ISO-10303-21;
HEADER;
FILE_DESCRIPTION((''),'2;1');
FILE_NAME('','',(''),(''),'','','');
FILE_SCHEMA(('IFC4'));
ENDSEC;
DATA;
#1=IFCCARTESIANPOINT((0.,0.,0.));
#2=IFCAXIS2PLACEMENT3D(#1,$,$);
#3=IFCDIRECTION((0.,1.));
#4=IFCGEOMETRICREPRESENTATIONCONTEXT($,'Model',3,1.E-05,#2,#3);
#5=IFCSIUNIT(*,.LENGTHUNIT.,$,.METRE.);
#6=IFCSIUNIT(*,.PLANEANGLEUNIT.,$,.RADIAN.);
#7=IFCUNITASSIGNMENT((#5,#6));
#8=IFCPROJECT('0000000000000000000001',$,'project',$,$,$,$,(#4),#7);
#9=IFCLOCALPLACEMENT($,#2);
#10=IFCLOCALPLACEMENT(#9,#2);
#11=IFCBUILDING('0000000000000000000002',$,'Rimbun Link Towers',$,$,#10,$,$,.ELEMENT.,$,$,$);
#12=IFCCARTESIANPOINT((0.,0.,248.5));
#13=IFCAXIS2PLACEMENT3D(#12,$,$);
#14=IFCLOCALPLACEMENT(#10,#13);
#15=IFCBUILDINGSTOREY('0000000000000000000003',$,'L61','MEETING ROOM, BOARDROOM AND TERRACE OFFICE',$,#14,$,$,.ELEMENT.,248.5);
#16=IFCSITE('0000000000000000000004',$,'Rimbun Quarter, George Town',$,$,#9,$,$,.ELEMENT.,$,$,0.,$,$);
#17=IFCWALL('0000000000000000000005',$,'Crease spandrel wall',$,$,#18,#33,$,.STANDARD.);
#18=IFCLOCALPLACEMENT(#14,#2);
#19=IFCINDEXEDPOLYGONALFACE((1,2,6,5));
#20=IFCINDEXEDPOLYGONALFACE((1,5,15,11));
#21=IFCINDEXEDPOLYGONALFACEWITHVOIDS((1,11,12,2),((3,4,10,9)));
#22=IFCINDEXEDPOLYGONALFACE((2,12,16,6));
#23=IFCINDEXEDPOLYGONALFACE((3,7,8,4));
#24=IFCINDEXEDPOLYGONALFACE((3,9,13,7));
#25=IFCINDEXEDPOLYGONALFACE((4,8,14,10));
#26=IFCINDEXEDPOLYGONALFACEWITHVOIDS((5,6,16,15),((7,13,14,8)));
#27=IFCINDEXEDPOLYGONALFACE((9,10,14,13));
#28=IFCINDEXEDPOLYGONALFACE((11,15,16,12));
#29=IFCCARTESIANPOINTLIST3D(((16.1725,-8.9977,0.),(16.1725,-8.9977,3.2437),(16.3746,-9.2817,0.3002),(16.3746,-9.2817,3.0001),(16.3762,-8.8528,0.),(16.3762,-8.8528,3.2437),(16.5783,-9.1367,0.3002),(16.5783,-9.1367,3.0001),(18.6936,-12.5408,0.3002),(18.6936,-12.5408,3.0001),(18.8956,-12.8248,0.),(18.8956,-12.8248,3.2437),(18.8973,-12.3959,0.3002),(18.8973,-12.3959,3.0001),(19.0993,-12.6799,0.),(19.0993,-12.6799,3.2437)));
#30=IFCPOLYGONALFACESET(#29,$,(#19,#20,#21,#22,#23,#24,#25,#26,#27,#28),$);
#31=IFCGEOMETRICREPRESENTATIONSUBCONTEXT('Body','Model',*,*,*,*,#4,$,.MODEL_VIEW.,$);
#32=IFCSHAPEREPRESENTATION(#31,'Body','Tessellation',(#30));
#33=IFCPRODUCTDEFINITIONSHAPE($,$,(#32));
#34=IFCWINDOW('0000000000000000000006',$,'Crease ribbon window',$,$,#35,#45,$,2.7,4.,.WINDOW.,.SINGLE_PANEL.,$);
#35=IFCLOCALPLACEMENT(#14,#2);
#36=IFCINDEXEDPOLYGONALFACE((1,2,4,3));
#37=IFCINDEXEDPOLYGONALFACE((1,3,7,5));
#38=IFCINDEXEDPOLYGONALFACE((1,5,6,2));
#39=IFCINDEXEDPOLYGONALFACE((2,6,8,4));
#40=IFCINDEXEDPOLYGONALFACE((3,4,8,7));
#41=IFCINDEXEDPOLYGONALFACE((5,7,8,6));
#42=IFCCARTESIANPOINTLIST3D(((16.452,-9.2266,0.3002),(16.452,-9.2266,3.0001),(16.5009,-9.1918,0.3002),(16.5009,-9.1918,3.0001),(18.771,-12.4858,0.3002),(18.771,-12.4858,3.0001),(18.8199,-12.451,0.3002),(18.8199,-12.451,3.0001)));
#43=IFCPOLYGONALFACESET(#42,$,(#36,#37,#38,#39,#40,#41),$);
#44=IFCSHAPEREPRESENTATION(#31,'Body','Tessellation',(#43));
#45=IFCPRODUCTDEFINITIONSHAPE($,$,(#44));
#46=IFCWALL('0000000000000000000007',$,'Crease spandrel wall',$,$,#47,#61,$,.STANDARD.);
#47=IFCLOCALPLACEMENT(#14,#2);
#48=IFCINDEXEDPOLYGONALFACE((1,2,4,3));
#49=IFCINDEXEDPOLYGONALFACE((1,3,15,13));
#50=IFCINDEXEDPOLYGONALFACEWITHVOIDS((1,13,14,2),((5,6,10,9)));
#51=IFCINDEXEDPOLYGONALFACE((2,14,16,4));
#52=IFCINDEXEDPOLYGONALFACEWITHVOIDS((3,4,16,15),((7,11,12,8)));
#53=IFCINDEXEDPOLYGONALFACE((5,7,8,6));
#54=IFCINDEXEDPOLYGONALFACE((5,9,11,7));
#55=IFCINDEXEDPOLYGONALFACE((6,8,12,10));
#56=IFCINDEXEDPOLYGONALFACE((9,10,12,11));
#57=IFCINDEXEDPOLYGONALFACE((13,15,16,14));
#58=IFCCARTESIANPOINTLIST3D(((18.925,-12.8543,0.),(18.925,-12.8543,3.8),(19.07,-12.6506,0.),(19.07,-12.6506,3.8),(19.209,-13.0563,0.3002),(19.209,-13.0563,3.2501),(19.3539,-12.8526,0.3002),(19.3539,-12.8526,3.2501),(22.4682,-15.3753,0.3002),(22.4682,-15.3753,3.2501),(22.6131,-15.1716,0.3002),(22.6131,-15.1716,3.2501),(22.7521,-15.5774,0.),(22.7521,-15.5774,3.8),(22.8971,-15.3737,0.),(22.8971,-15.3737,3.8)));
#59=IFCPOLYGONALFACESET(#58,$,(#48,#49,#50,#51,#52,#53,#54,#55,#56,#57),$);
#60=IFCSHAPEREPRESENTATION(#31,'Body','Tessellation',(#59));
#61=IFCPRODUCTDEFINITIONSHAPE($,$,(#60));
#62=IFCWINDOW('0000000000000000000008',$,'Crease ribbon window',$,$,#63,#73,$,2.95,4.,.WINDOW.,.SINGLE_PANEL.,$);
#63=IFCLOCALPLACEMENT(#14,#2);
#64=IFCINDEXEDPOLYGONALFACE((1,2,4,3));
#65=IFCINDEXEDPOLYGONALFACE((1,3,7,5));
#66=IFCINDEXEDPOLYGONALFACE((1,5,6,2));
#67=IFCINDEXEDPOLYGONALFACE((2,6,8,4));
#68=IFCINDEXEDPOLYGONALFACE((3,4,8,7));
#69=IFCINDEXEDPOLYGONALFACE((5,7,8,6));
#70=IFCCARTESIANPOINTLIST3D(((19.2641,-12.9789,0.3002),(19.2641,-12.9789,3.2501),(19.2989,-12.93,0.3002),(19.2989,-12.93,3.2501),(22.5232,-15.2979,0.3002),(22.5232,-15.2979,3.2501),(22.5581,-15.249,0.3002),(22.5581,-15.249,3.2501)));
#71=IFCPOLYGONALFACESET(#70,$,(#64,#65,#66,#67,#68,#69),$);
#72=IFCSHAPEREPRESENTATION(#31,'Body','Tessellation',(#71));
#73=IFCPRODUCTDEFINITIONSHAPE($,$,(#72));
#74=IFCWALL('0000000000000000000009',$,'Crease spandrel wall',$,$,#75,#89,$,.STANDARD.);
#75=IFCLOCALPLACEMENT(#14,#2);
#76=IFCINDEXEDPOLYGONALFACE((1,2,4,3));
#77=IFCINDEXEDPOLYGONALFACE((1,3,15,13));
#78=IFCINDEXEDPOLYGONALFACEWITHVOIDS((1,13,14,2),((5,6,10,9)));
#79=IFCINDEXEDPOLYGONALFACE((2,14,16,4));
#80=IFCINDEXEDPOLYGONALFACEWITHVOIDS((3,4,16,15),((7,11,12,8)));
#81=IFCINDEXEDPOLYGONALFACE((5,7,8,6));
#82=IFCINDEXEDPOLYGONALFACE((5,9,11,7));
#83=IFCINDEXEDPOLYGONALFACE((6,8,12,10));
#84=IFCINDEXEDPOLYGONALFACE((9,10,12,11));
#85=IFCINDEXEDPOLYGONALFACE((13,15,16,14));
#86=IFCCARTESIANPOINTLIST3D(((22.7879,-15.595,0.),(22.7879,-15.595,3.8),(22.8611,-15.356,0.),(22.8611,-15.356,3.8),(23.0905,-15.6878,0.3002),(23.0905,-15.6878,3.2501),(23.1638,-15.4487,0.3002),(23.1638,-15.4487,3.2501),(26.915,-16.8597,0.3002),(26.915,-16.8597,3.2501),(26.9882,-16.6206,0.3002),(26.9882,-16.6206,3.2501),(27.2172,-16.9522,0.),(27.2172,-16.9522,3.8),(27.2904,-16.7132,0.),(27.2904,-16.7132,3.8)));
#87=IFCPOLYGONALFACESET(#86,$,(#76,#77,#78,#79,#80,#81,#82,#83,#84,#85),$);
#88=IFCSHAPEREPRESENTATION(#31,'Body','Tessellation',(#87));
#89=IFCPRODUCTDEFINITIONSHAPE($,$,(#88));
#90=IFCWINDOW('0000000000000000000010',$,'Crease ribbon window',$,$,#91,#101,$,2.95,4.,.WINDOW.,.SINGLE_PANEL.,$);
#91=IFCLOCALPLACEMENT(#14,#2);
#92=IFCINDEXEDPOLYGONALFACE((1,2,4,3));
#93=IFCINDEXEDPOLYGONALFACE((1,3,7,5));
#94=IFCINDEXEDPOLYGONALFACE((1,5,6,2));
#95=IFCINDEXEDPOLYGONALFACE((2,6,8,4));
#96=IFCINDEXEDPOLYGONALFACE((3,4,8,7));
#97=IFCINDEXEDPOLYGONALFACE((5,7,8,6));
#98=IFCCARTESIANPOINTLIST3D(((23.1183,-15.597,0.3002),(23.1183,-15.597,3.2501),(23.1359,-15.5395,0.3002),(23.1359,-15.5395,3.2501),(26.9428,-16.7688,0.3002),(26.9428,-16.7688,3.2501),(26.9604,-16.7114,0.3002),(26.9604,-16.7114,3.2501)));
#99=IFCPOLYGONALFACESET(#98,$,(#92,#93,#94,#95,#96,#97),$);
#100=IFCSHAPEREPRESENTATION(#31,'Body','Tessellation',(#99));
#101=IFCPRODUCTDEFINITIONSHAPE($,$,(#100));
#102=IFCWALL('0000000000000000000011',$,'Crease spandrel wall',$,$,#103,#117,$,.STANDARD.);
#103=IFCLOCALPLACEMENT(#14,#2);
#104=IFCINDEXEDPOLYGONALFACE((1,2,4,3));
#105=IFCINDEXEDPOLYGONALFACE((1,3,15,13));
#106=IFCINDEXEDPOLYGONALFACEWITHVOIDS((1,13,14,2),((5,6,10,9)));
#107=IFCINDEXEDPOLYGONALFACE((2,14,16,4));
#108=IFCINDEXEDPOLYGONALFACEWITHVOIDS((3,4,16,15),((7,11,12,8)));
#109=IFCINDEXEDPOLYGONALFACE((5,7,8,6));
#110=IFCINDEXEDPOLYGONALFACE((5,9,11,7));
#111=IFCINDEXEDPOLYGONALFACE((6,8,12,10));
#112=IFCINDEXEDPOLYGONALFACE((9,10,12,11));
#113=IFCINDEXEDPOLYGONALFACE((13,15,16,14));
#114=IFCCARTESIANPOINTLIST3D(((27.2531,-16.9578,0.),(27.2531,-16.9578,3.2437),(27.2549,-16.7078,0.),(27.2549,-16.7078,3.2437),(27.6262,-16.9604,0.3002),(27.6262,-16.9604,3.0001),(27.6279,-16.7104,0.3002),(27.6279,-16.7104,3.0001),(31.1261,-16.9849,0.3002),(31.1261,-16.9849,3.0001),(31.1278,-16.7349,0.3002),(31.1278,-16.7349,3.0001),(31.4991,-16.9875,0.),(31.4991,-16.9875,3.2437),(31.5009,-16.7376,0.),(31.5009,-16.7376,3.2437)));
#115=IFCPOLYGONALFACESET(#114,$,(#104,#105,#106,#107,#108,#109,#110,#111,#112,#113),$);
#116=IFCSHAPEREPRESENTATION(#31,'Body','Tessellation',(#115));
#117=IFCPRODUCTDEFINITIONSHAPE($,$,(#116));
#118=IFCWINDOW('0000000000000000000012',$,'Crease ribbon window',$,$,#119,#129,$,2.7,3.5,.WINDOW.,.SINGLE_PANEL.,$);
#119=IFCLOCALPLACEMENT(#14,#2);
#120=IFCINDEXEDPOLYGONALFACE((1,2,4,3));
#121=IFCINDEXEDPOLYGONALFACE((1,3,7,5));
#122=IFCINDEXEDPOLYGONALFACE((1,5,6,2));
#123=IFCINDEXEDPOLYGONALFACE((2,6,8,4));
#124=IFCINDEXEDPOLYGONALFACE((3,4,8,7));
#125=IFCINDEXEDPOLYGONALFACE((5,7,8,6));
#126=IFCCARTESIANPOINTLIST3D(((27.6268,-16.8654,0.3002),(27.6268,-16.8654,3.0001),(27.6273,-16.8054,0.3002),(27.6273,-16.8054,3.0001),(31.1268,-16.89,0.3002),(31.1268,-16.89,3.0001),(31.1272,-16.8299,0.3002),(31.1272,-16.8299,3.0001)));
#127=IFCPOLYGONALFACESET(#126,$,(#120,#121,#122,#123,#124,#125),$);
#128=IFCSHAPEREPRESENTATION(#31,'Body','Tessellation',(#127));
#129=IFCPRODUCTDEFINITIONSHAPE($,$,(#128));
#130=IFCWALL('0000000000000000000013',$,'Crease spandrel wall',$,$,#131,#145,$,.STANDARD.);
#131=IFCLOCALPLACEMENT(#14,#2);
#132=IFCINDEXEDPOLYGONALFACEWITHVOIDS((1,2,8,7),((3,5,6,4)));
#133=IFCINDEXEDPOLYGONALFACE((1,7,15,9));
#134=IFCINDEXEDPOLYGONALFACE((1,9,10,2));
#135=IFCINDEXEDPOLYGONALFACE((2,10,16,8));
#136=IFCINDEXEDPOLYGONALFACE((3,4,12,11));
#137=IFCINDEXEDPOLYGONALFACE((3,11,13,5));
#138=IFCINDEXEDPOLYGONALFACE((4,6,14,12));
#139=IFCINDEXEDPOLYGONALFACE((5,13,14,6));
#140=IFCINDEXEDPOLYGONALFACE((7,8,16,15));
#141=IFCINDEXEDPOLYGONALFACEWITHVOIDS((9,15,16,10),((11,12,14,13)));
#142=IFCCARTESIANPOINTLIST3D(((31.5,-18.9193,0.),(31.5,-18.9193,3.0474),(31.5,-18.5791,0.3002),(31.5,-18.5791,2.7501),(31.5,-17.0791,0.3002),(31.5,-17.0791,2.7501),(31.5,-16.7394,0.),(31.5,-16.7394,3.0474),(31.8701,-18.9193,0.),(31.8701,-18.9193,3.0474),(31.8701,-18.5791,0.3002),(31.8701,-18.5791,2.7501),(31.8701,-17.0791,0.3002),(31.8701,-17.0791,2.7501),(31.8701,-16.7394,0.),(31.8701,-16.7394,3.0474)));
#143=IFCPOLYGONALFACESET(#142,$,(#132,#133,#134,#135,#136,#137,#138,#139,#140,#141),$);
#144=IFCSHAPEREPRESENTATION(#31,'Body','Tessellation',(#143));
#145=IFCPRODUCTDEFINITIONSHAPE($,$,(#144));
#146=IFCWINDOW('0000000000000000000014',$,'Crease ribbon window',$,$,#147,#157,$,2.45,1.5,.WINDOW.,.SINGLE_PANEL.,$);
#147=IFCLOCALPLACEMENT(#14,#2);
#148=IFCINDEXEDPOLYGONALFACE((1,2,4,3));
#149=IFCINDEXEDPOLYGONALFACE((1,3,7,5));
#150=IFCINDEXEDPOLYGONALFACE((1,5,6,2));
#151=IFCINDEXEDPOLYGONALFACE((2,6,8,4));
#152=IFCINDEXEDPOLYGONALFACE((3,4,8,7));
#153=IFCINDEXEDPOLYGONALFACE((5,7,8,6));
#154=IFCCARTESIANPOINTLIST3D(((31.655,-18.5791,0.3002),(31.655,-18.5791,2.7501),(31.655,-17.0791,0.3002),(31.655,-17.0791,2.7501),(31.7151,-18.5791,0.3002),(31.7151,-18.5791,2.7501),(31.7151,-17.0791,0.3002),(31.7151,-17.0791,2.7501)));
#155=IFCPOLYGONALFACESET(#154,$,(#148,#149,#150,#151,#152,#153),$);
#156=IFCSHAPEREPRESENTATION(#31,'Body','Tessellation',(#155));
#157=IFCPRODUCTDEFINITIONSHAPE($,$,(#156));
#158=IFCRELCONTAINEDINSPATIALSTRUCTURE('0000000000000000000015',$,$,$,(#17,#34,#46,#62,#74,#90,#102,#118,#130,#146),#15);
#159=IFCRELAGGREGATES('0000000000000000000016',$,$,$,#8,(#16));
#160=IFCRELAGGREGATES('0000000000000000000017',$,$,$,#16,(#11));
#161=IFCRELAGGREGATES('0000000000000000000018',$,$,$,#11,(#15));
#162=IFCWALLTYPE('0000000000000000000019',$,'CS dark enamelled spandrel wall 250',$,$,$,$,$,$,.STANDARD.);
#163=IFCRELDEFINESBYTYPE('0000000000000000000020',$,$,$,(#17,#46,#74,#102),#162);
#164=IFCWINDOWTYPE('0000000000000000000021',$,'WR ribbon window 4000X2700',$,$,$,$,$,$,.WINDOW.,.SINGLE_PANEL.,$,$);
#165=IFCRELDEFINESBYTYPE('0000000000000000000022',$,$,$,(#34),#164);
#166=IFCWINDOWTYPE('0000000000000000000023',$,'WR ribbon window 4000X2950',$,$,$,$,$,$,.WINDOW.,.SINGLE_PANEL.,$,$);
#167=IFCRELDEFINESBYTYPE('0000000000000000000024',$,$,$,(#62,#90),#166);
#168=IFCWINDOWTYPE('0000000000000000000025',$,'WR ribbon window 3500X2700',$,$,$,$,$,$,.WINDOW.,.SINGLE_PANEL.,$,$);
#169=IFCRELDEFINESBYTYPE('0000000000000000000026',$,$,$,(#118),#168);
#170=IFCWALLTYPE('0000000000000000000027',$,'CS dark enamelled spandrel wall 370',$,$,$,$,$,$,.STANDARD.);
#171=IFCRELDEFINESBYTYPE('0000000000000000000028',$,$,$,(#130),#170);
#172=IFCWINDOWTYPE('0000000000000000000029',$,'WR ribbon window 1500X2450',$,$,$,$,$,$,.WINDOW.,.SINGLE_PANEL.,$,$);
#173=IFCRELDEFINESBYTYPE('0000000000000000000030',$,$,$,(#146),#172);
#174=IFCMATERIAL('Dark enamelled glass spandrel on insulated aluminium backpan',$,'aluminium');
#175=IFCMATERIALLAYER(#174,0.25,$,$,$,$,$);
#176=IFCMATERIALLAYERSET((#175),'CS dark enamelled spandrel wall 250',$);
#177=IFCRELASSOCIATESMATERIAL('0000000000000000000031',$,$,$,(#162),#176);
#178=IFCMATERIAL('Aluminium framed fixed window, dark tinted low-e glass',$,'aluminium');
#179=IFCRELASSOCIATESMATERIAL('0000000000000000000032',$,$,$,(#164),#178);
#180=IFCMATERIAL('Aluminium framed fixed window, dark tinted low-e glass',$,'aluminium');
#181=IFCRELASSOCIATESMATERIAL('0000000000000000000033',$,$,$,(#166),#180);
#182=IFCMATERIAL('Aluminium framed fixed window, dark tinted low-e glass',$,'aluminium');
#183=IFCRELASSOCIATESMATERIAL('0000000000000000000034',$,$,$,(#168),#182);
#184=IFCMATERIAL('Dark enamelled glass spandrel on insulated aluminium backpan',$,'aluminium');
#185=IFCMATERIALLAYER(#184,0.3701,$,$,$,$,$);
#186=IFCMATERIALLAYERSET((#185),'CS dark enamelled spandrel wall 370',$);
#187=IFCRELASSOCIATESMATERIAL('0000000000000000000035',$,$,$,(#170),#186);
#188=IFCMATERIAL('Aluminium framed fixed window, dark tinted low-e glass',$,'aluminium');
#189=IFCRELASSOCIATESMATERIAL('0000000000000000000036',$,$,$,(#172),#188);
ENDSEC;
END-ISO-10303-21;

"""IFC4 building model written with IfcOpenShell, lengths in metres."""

from ifc_helpers import new_model, si_unit, direction, frame, frame_2d, origin, place, context, subcontext, project, spatial, rectangle, extrude, material, layer, layer_set, type_object, element, fill, save


model = new_model("IFC4")

# Units and contexts
model_context = context("Model", 3, precision=1e-05, world=origin(), true_north=direction((0.0, 1.0)))
body_context = subcontext(model_context, "Body", "Model", "MODEL_VIEW")
ifc_project = project(units=[si_unit("LENGTHUNIT", "METRE"), si_unit("PLANEANGLEUNIT", "RADIAN")], contexts=[model_context])

# Site, building, storey
site_placement = place(None, origin())
site = spatial("IfcSite", under=ifc_project, at=site_placement, Name="Rimbun Quarter, George Town", CompositionType="ELEMENT", RefElevation=0.0)
building_placement = place(site_placement, origin())
building = spatial("IfcBuilding", under=site, at=building_placement, Name="Rimbun Link Towers", CompositionType="ELEMENT")
storey_placement = place(building_placement, frame((0.0, 0.0, 248.5)))
storey = spatial("IfcBuildingStorey", under=building, at=storey_placement, Name="L61", Description="MEETING ROOM, BOARDROOM AND TERRACE OFFICE", CompositionType="ELEMENT", Elevation=248.5)

# Walls, openings, windows
ifc_material_1 = material(Name="Dark enamelled glass spandrel on insulated aluminium backpan", Category="aluminium")
ifc_layer_1 = layer(ifc_material_1, 0.25)
ifc_layer_set_1 = layer_set([ifc_layer_1], Name="CS dark enamelled spandrel wall 250")
wall_type_1 = type_object("IfcWallType", Name="CS dark enamelled spandrel wall 250", PredefinedType="STANDARD", material=ifc_layer_set_1)
wall_1_placement = place(storey_placement, frame((18.9976, -12.7524, 0.0), z_axis=(0.0, 0.0, 1.0), x_axis=(-0.579752, 0.814793, 0.0)))
wall_1 = element("IfcWall", 1, at=wall_1_placement, inside=storey, type_object=wall_type_1, Name="Crease spandrel wall", PredefinedType="STANDARD", context=body_context, shape_type="SweptSolid", body=[
    extrude(rectangle(XDim=4.697, YDim=0.25, at=frame_2d((2.3486, 0.0))), origin(), (0.0, 0.0, 1.0), 3.2437),
])
opening_1_placement = place(wall_1_placement, frame((0.3486, 0.0, 0.3)))
opening_1 = element("IfcOpeningElement", 2, at=opening_1_placement, cuts=wall_1, PredefinedType="OPENING", context=body_context, shape_type="SweptSolid", body=[
    extrude(rectangle(XDim=4.0, YDim=2.7, at=frame_2d((2.0, 1.3501))), frame((0.0, 0.135, 0.0), z_axis=(0.0, -1.0, 0.0), x_axis=(1.0, 0.0, 0.0)), (0.0, 0.0, 1.0), 0.27),
])
ifc_material_2 = material(Name="Aluminium framed fixed window, dark tinted low-e glass", Category="aluminium")
window_type_1 = type_object("IfcWindowType", Name="WR ribbon window 4000X2700", PartitioningType="SINGLE_PANEL", PredefinedType="WINDOW", material=ifc_material_2)
window_1_placement = place(opening_1_placement, origin())
window_1 = element("IfcWindow", 3, at=window_1_placement, inside=storey, type_object=window_type_1, Name="Crease ribbon window", OverallHeight=2.7, OverallWidth=4.0, PartitioningType="SINGLE_PANEL", PredefinedType="WINDOW", context=body_context, shape_type="SweptSolid", body=[
    extrude(rectangle(XDim=4.0, YDim=2.7, at=frame_2d((2.0, 1.3501))), frame((0.0, 0.03, 0.0), z_axis=(0.0, -1.0, 0.0), x_axis=(1.0, 0.0, 0.0)), (0.0, 0.0, 1.0), 0.0601),
])
fill(opening_1, window_1)
wall_2_placement = place(storey_placement, frame((22.8247, -15.4756, 0.0), z_axis=(0.0, 0.0, 1.0), x_axis=(-0.814793, 0.579752, 0.0)))
wall_2 = element("IfcWall", 4, at=wall_2_placement, inside=storey, type_object=wall_type_1, Name="Crease spandrel wall", PredefinedType="STANDARD", context=body_context, shape_type="SweptSolid", body=[
    extrude(rectangle(XDim=4.697, YDim=0.25, at=frame_2d((2.3486, 0.0))), origin(), (0.0, 0.0, 1.0), 3.8),
])
opening_2_placement = place(wall_2_placement, frame((0.3486, 0.0, 0.3)))
opening_2 = element("IfcOpeningElement", 5, at=opening_2_placement, cuts=wall_2, PredefinedType="OPENING", context=body_context, shape_type="SweptSolid", body=[
    extrude(rectangle(XDim=4.0, YDim=2.95, at=frame_2d((2.0, 1.4751))), frame((0.0, 0.135, 0.0), z_axis=(0.0, -1.0, 0.0), x_axis=(1.0, 0.0, 0.0)), (0.0, 0.0, 1.0), 0.27),
])
ifc_material_3 = material(Name="Aluminium framed fixed window, dark tinted low-e glass", Category="aluminium")
window_type_2 = type_object("IfcWindowType", Name="WR ribbon window 4000X2950", PartitioningType="SINGLE_PANEL", PredefinedType="WINDOW", material=ifc_material_3)
window_2_placement = place(opening_2_placement, origin())
window_2 = element("IfcWindow", 6, at=window_2_placement, inside=storey, type_object=window_type_2, Name="Crease ribbon window", OverallHeight=2.95, OverallWidth=4.0, PartitioningType="SINGLE_PANEL", PredefinedType="WINDOW", context=body_context, shape_type="SweptSolid", body=[
    extrude(rectangle(XDim=4.0, YDim=2.95, at=frame_2d((2.0, 1.4751))), frame((0.0, 0.03, 0.0), z_axis=(0.0, -1.0, 0.0), x_axis=(1.0, 0.0, 0.0)), (0.0, 0.0, 1.0), 0.0601),
])
fill(opening_2, window_2)
wall_3_placement = place(storey_placement, frame((27.2539, -16.8328, 0.0), z_axis=(0.0, 0.0, 1.0), x_axis=(-0.956121, 0.292971, 0.0)))
wall_3 = element("IfcWall", 7, at=wall_3_placement, inside=storey, type_object=wall_type_1, Name="Crease spandrel wall", PredefinedType="STANDARD", context=body_context, shape_type="SweptSolid", body=[
    extrude(rectangle(XDim=4.6326, YDim=0.25, at=frame_2d((2.3164, 0.0))), origin(), (0.0, 0.0, 1.0), 3.8),
])
opening_3_placement = place(wall_3_placement, frame((0.3162, 0.0, 0.3)))
opening_3 = element("IfcOpeningElement", 8, at=opening_3_placement, cuts=wall_3, PredefinedType="OPENING", context=body_context, shape_type="SweptSolid", body=[
    extrude(rectangle(XDim=4.0, YDim=2.95, at=frame_2d((2.0, 1.4751))), frame((0.0, 0.135, 0.0), z_axis=(0.0, -1.0, 0.0), x_axis=(1.0, 0.0, 0.0)), (0.0, 0.0, 1.0), 0.27),
])
window_3_placement = place(opening_3_placement, origin())
window_3 = element("IfcWindow", 9, at=window_3_placement, inside=storey, type_object=window_type_2, Name="Crease ribbon window", OverallHeight=2.95, OverallWidth=4.0, PartitioningType="SINGLE_PANEL", PredefinedType="WINDOW", context=body_context, shape_type="SweptSolid", body=[
    extrude(rectangle(XDim=4.0, YDim=2.95, at=frame_2d((2.0, 1.4751))), frame((0.0, 0.03, 0.0), z_axis=(0.0, -1.0, 0.0), x_axis=(1.0, 0.0, 0.0)), (0.0, 0.0, 1.0), 0.0601),
])
fill(opening_3, window_3)
wall_4_placement = place(storey_placement, frame((31.5, -16.8625, 0.0), z_axis=(0.0, 0.0, 1.0), x_axis=(-0.999975, 0.007015, 0.0)))
wall_4 = element("IfcWall", 10, at=wall_4_placement, inside=storey, type_object=wall_type_1, Name="Crease spandrel wall", PredefinedType="STANDARD", context=body_context, shape_type="SweptSolid", body=[
    extrude(rectangle(XDim=4.2461, YDim=0.25, at=frame_2d((2.123, 0.0))), origin(), (0.0, 0.0, 1.0), 3.2437),
])
opening_4_placement = place(wall_4_placement, frame((0.373, 0.0, 0.3)))
opening_4 = element("IfcOpeningElement", 11, at=opening_4_placement, cuts=wall_4, PredefinedType="OPENING", context=body_context, shape_type="SweptSolid", body=[
    extrude(rectangle(XDim=3.5, YDim=2.7, at=frame_2d((1.75, 1.3501))), frame((0.0, 0.135, 0.0), z_axis=(0.0, -1.0, 0.0), x_axis=(1.0, 0.0, 0.0)), (0.0, 0.0, 1.0), 0.27),
])
ifc_material_4 = material(Name="Aluminium framed fixed window, dark tinted low-e glass", Category="aluminium")
window_type_3 = type_object("IfcWindowType", Name="WR ribbon window 3500X2700", PartitioningType="SINGLE_PANEL", PredefinedType="WINDOW", material=ifc_material_4)
window_4_placement = place(opening_4_placement, origin())
window_4 = element("IfcWindow", 12, at=window_4_placement, inside=storey, type_object=window_type_3, Name="Crease ribbon window", OverallHeight=2.7, OverallWidth=3.5, PartitioningType="SINGLE_PANEL", PredefinedType="WINDOW", context=body_context, shape_type="SweptSolid", body=[
    extrude(rectangle(XDim=3.5, YDim=2.7, at=frame_2d((1.75, 1.3501))), frame((0.0, 0.03, 0.0), z_axis=(0.0, -1.0, 0.0), x_axis=(1.0, 0.0, 0.0)), (0.0, 0.0, 1.0), 0.0601),
])
fill(opening_4, window_4)
ifc_material_5 = material(Name="Dark enamelled glass spandrel on insulated aluminium backpan", Category="aluminium")
ifc_layer_2 = layer(ifc_material_5, 0.3701)
ifc_layer_set_2 = layer_set([ifc_layer_2], Name="CS dark enamelled spandrel wall 370")
wall_type_2 = type_object("IfcWallType", Name="CS dark enamelled spandrel wall 370", PredefinedType="STANDARD", material=ifc_layer_set_2)
wall_5_placement = place(storey_placement, frame((31.6851, -18.9192, 0.0), z_axis=(0.0, 0.0, 1.0), x_axis=(0.0, 1.0, 0.0)))
wall_5 = element("IfcWall", 13, at=wall_5_placement, inside=storey, type_object=wall_type_2, Name="Crease spandrel wall", PredefinedType="STANDARD", context=body_context, shape_type="SweptSolid", body=[
    extrude(rectangle(XDim=2.1799, YDim=0.3701, at=frame_2d((1.0898, 0.0))), origin(), (0.0, 0.0, 1.0), 3.0474),
])
opening_5_placement = place(wall_5_placement, frame((0.3401, 0.0, 0.3)))
opening_5 = element("IfcOpeningElement", 14, at=opening_5_placement, cuts=wall_5, PredefinedType="OPENING", context=body_context, shape_type="SweptSolid", body=[
    extrude(rectangle(XDim=1.5, YDim=2.45, at=frame_2d((0.75, 1.2251))), frame((0.0, 0.1951, 0.0), z_axis=(0.0, -1.0, 0.0), x_axis=(1.0, 0.0, 0.0)), (0.0, 0.0, 1.0), 0.3901),
])
ifc_material_6 = material(Name="Aluminium framed fixed window, dark tinted low-e glass", Category="aluminium")
window_type_4 = type_object("IfcWindowType", Name="WR ribbon window 1500X2450", PartitioningType="SINGLE_PANEL", PredefinedType="WINDOW", material=ifc_material_6)
window_5_placement = place(opening_5_placement, origin())
window_5 = element("IfcWindow", 15, at=window_5_placement, inside=storey, type_object=window_type_4, Name="Crease ribbon window", OverallHeight=2.45, OverallWidth=1.5, PartitioningType="SINGLE_PANEL", PredefinedType="WINDOW", context=body_context, shape_type="SweptSolid", body=[
    extrude(rectangle(XDim=1.5, YDim=2.45, at=frame_2d((0.75, 1.2251))), frame((0.0, 0.03, 0.0), z_axis=(0.0, -1.0, 0.0), x_axis=(1.0, 0.0, 0.0)), (0.0, 0.0, 1.0), 0.0601),
])
fill(opening_5, window_5)

save(model, "model.ifc")
